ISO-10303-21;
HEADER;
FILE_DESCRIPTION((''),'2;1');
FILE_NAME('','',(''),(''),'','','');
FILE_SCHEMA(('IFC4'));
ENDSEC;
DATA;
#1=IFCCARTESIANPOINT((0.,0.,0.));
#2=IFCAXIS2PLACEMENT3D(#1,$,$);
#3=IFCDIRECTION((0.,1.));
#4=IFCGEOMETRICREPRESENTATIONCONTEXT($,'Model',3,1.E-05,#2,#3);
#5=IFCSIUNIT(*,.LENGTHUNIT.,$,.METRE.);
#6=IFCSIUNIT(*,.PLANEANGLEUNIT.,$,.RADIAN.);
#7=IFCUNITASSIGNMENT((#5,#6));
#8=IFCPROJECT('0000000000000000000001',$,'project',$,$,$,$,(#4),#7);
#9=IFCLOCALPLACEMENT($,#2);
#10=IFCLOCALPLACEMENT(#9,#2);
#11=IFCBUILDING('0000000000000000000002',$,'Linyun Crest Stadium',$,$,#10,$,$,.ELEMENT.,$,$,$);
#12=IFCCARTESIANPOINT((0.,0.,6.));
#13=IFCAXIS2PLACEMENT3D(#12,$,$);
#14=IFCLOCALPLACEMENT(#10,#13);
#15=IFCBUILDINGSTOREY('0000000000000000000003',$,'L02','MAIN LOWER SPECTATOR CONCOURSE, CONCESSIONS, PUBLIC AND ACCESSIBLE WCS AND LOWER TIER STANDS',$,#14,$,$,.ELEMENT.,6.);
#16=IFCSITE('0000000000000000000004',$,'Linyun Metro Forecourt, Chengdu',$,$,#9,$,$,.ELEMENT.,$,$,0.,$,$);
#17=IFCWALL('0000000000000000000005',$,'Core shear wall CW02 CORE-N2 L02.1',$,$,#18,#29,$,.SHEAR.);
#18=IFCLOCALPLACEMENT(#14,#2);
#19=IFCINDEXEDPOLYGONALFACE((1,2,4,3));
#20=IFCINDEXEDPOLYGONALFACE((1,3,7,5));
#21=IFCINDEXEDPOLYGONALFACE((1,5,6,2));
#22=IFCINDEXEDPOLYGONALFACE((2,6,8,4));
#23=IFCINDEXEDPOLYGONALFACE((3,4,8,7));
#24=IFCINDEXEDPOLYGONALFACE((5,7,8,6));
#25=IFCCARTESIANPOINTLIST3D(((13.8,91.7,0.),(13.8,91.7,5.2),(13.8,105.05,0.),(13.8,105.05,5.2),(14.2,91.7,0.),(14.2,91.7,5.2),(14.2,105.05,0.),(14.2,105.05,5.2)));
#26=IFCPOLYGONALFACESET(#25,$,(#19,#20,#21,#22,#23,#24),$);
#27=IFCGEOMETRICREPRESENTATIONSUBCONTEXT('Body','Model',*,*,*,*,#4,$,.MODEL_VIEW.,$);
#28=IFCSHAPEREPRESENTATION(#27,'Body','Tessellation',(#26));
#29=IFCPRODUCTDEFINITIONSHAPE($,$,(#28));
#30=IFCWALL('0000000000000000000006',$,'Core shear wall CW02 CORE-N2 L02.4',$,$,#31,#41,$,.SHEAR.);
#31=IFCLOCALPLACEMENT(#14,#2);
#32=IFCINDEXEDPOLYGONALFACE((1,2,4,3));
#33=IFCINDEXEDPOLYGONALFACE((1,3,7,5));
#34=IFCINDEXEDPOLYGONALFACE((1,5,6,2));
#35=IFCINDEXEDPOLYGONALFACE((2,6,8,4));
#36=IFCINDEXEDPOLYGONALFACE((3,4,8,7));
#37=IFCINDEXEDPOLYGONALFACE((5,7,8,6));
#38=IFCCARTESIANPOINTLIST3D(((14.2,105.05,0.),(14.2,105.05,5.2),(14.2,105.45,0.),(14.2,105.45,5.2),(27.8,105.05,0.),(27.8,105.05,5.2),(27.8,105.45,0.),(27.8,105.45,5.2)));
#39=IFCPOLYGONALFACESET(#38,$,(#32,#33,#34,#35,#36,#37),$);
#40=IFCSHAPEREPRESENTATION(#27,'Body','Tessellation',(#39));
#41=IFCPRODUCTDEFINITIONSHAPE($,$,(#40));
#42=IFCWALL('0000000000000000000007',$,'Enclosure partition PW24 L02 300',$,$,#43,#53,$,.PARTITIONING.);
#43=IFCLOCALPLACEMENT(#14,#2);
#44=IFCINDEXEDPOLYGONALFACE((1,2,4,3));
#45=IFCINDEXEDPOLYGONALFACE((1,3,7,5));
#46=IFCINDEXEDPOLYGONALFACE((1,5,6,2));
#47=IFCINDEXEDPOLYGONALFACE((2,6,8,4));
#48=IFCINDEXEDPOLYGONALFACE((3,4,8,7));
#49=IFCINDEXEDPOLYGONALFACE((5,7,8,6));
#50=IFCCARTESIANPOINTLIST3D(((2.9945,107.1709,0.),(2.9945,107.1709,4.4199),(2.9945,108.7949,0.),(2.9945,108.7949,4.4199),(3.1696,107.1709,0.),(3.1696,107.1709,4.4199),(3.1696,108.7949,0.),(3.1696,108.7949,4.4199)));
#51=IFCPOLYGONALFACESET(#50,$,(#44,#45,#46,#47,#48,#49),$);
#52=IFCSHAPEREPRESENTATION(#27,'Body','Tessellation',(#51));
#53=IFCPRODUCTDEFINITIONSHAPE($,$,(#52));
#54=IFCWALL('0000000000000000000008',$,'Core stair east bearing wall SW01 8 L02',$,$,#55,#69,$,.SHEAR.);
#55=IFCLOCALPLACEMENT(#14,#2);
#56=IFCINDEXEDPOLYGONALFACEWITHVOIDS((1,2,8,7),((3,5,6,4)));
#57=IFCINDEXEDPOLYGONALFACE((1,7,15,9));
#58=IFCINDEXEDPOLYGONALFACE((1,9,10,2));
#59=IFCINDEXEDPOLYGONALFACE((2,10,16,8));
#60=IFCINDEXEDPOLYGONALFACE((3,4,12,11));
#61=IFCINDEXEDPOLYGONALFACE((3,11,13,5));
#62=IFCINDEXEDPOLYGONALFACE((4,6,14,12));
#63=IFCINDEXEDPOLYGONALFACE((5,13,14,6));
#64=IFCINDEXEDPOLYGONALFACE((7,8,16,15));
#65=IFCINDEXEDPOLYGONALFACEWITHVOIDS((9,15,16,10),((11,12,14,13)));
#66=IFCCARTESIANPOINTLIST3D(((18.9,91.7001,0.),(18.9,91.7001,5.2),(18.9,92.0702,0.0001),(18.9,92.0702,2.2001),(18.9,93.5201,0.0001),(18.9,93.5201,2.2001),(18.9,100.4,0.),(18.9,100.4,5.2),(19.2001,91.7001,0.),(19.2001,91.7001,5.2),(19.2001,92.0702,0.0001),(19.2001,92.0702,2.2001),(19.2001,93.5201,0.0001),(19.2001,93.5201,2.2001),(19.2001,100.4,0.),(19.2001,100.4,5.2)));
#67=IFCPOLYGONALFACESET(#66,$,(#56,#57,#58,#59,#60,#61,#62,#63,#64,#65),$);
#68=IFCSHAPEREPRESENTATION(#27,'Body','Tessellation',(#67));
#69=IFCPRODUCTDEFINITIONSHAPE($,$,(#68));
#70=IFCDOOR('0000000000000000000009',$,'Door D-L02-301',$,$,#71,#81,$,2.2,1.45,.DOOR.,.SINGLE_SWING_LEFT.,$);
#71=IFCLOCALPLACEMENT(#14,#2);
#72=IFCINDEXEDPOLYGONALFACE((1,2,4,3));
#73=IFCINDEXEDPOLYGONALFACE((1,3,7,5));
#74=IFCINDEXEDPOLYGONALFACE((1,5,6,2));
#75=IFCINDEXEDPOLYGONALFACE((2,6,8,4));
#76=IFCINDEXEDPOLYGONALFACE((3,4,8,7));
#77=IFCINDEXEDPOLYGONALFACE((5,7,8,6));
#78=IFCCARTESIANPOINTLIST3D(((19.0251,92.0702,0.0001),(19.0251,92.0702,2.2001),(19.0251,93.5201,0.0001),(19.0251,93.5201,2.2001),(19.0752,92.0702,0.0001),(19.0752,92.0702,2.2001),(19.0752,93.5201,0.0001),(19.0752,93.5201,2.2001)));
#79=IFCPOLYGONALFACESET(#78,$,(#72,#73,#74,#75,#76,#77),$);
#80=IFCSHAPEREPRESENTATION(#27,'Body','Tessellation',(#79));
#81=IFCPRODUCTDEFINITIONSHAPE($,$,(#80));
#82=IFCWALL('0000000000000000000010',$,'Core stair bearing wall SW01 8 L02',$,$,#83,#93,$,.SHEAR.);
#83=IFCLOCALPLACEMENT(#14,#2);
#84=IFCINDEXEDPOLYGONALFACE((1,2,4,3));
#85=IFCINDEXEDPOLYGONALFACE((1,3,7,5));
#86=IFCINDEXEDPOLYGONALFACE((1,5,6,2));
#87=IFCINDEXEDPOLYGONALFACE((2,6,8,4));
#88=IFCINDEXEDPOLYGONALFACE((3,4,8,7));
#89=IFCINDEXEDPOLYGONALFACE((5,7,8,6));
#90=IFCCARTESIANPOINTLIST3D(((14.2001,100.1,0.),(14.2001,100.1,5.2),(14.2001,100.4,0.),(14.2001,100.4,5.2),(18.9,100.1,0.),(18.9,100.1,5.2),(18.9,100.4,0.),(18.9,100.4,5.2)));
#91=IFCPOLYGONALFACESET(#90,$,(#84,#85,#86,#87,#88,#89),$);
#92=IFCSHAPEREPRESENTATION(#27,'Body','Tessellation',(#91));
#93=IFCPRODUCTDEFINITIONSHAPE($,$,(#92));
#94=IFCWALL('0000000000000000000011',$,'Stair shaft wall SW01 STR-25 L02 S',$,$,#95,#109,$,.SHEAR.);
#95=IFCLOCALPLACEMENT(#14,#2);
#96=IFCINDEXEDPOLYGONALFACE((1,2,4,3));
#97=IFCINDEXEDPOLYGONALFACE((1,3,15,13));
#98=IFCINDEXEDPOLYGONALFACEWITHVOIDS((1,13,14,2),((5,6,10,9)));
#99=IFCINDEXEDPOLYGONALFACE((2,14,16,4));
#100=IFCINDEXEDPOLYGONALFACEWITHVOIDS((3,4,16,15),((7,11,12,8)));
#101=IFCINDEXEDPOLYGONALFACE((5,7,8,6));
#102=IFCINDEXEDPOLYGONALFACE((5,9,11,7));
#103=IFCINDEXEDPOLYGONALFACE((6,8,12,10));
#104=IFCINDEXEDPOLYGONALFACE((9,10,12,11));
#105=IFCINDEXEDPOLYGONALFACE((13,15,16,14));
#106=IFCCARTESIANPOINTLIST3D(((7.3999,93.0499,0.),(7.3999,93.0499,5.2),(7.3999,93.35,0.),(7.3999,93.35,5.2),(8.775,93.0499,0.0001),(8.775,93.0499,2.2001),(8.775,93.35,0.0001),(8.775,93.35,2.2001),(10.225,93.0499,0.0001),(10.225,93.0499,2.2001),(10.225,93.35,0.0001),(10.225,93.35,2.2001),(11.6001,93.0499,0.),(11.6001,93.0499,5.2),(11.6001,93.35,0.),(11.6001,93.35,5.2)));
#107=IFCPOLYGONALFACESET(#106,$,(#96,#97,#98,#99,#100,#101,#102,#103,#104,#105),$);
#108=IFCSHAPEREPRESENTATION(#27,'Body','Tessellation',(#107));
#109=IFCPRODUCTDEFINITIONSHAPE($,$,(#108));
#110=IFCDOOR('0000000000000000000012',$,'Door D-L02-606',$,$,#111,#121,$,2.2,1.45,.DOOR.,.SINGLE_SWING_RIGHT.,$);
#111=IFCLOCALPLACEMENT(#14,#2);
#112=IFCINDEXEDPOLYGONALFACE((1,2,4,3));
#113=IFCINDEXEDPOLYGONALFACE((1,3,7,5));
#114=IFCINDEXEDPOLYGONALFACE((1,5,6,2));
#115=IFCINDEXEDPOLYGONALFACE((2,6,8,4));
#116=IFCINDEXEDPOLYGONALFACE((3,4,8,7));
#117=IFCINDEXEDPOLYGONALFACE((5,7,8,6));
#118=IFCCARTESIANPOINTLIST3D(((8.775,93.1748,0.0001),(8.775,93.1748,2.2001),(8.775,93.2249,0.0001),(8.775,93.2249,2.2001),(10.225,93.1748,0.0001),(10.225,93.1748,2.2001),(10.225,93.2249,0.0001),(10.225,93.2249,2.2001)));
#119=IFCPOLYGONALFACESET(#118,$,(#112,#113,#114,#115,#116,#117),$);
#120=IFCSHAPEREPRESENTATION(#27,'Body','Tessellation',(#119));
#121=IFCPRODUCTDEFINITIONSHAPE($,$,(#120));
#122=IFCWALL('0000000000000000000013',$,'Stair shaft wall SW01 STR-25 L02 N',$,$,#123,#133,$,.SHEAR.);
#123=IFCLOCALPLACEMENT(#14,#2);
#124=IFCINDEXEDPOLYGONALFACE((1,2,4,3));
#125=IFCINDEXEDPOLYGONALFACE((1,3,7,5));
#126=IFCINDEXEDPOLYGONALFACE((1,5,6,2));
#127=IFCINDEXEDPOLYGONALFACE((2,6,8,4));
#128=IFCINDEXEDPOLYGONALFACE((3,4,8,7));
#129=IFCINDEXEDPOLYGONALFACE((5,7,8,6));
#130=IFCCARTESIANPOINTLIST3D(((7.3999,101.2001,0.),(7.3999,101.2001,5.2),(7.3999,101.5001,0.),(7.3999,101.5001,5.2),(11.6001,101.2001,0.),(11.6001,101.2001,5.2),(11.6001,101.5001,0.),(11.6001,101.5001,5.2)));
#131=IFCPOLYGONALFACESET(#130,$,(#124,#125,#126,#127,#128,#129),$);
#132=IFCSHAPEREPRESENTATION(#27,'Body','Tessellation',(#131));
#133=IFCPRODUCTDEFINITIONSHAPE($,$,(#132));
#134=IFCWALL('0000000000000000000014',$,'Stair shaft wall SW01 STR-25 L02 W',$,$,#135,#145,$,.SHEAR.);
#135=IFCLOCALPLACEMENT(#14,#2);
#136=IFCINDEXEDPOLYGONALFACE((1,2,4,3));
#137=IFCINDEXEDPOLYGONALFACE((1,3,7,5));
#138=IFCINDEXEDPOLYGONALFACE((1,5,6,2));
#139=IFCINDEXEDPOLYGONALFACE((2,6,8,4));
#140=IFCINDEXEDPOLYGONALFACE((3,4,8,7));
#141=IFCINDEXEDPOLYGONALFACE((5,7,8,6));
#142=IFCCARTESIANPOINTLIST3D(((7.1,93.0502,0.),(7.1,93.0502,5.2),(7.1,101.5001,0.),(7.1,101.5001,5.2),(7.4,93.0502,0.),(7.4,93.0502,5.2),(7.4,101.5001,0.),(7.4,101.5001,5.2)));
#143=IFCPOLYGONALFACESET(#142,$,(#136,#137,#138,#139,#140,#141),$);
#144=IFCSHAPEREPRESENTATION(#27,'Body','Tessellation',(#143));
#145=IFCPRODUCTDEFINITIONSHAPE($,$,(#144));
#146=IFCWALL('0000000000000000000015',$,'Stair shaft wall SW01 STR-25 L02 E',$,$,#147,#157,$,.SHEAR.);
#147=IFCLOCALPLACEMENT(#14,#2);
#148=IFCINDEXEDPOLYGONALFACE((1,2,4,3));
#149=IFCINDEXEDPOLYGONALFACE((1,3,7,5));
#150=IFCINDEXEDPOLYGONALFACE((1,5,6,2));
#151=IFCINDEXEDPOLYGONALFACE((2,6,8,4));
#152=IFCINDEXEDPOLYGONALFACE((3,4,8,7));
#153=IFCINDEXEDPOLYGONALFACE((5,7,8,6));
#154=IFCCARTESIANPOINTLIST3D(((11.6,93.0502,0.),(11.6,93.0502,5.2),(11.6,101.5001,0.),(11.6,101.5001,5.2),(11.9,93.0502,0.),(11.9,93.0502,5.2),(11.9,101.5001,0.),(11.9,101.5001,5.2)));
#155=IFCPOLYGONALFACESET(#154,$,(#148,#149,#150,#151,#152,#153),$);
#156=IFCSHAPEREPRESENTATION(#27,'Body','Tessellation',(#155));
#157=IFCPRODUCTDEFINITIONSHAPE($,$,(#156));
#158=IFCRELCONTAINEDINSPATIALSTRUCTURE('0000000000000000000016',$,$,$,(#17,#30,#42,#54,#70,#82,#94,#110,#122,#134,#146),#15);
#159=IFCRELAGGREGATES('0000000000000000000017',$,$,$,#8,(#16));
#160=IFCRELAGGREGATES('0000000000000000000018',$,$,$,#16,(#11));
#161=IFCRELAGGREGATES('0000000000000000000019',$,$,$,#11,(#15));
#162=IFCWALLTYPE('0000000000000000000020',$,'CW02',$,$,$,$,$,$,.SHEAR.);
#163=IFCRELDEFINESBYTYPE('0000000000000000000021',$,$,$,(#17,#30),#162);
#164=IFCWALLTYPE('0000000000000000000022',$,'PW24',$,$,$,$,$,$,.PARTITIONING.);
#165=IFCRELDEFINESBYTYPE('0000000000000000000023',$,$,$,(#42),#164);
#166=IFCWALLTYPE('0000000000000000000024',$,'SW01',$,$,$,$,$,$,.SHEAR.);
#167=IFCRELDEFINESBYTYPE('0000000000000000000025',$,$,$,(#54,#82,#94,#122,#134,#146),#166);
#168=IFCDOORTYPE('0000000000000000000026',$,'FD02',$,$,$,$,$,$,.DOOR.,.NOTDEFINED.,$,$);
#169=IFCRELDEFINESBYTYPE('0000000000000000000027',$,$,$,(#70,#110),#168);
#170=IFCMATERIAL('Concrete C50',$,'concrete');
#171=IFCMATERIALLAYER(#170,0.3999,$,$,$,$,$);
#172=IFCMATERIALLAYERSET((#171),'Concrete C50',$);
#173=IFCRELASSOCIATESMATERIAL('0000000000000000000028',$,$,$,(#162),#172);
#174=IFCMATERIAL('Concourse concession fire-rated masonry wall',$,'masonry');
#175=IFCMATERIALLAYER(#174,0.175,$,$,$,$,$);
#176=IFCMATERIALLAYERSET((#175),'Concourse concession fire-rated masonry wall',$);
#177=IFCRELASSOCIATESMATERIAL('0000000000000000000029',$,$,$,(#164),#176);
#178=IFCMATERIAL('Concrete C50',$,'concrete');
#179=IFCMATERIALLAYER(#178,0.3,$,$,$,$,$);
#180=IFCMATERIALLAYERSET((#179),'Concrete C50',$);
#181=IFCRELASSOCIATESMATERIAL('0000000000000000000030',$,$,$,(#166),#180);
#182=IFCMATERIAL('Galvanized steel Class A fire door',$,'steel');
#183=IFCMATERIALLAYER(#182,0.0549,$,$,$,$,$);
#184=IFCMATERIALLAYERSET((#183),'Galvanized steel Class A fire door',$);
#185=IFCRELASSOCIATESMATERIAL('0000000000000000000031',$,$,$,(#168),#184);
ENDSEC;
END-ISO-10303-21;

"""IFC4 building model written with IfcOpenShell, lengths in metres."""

from ifc_helpers import new_model, si_unit, direction, frame, frame_2d, origin, place, context, subcontext, project, spatial, rectangle, extrude, material, layer, layer_set, type_object, element, fill, save


model = new_model("IFC4")

# Units and contexts
model_context = context("Model", 3, precision=1e-05, world=origin(), true_north=direction((0.0, 1.0)))
body_context = subcontext(model_context, "Body", "Model", "MODEL_VIEW")
ifc_project = project(units=[si_unit("LENGTHUNIT", "METRE"), si_unit("PLANEANGLEUNIT", "RADIAN")], contexts=[model_context])

# Site, building, storey
site_placement = place(None, origin())
site = spatial("IfcSite", under=ifc_project, at=site_placement, Name="Linyun Metro Forecourt, Chengdu", CompositionType="ELEMENT", RefElevation=0.0)
building_placement = place(site_placement, origin())
building = spatial("IfcBuilding", under=site, at=building_placement, Name="Linyun Crest Stadium", CompositionType="ELEMENT")
storey_placement = place(building_placement, frame((0.0, 0.0, 6.0)))
storey = spatial("IfcBuildingStorey", under=building, at=storey_placement, Name="L02", Description="MAIN LOWER SPECTATOR CONCOURSE, CONCESSIONS, PUBLIC AND ACCESSIBLE WCS AND LOWER TIER STANDS", CompositionType="ELEMENT", Elevation=6.0)

# Walls
ifc_material_1 = material(Name="Concrete C50", Category="concrete")
ifc_layer_1 = layer(ifc_material_1, 0.3999)
ifc_layer_set_1 = layer_set([ifc_layer_1], Name="Concrete C50")
wall_type_1 = type_object("IfcWallType", Name="CW02", PredefinedType="SHEAR", material=ifc_layer_set_1)
wall_1_placement = place(storey_placement, frame((14.0, 91.7, 0.0), z_axis=(0.0, 0.0, 1.0), x_axis=(0.0, 1.0, 0.0)))
element("IfcWall", 1, at=wall_1_placement, inside=storey, type_object=wall_type_1, Name="Core shear wall CW02 CORE-N2 L02.1", PredefinedType="SHEAR", context=body_context, shape_type="SweptSolid", body=[
    extrude(rectangle(XDim=13.3501, YDim=0.3999, at=frame_2d((6.675, 0.0))), origin(), (0.0, 0.0, 1.0), 5.2),
])
wall_2_placement = place(storey_placement, frame((14.2, 105.25, 0.0), z_axis=(0.0, 0.0, 1.0), x_axis=(1.0, 0.0, 0.0)))
element("IfcWall", 2, at=wall_2_placement, inside=storey, type_object=wall_type_1, Name="Core shear wall CW02 CORE-N2 L02.4", PredefinedType="SHEAR", context=body_context, shape_type="SweptSolid", body=[
    extrude(rectangle(XDim=13.6001, YDim=0.3999, at=frame_2d((6.8, 0.0))), origin(), (0.0, 0.0, 1.0), 5.2),
])
ifc_material_2 = material(Name="Concourse concession fire-rated masonry wall", Category="masonry")
ifc_layer_2 = layer(ifc_material_2, 0.175)
ifc_layer_set_2 = layer_set([ifc_layer_2], Name="Concourse concession fire-rated masonry wall")
wall_type_2 = type_object("IfcWallType", Name="PW24", PredefinedType="PARTITIONING", material=ifc_layer_set_2)
wall_3_placement = place(storey_placement, frame((3.082, 107.1709, 0.0), z_axis=(0.0, 0.0, 1.0), x_axis=(0.0, 1.0, 0.0)))
element("IfcWall", 3, at=wall_3_placement, inside=storey, type_object=wall_type_2, Name="Enclosure partition PW24 L02 300", PredefinedType="PARTITIONING", context=body_context, shape_type="SweptSolid", body=[
    extrude(rectangle(XDim=1.624, YDim=0.175, at=frame_2d((0.812, 0.0))), origin(), (0.0, 0.0, 1.0), 4.4199),
])

# Wall, opening, door
ifc_material_3 = material(Name="Concrete C50", Category="concrete")
ifc_layer_3 = layer(ifc_material_3, 0.3)
ifc_layer_set_3 = layer_set([ifc_layer_3], Name="Concrete C50")
wall_type_3 = type_object("IfcWallType", Name="SW01", PredefinedType="SHEAR", material=ifc_layer_set_3)
wall_4_placement = place(storey_placement, frame((19.05, 91.7, 0.0), z_axis=(0.0, 0.0, 1.0), x_axis=(0.0, 1.0, 0.0)))
wall_4 = element("IfcWall", 4, at=wall_4_placement, inside=storey, type_object=wall_type_3, Name="Core stair east bearing wall SW01 8 L02", PredefinedType="SHEAR", context=body_context, shape_type="SweptSolid", body=[
    extrude(rectangle(XDim=8.7, YDim=0.3, at=frame_2d((4.3501, 0.0))), origin(), (0.0, 0.0, 1.0), 5.2),
])
opening_1_placement = place(wall_4_placement, frame((0.3701, 0.0, 0.0)))
opening_1 = element("IfcOpeningElement", 5, at=opening_1_placement, cuts=wall_4, PredefinedType="OPENING", context=body_context, shape_type="SweptSolid", body=[
    extrude(rectangle(XDim=1.45, YDim=2.2, at=frame_2d((0.7251, 1.1001))), frame((0.0, 0.1599, 0.0), z_axis=(0.0, -1.0, 0.0), x_axis=(1.0, 0.0, 0.0)), (0.0, 0.0, 1.0), 0.3201),
])
ifc_material_4 = material(Name="Galvanized steel Class A fire door", Category="steel")
ifc_layer_4 = layer(ifc_material_4, 0.0549)
ifc_layer_set_4 = layer_set([ifc_layer_4], Name="Galvanized steel Class A fire door")
door_type = type_object("IfcDoorType", Name="FD02", OperationType="NOTDEFINED", PredefinedType="DOOR", material=ifc_layer_set_4)
door_1_placement = place(opening_1_placement, origin())
door_1 = element("IfcDoor", 6, at=door_1_placement, inside=storey, type_object=door_type, Name="Door D-L02-301", OperationType="SINGLE_SWING_LEFT", OverallHeight=2.2, OverallWidth=1.45, PredefinedType="DOOR", context=body_context, shape_type="SweptSolid", body=[
    extrude(rectangle(XDim=1.45, YDim=2.2, at=frame_2d((0.7251, 1.1001))), frame((0.0, 0.0249, 0.0), z_axis=(0.0, -1.0, 0.0), x_axis=(1.0, 0.0, 0.0)), (0.0, 0.0, 1.0), 0.05),
])
fill(opening_1, door_1)

# Wall
wall_5_placement = place(storey_placement, frame((14.2, 100.25, 0.0), z_axis=(0.0, 0.0, 1.0), x_axis=(1.0, 0.0, 0.0)))
element("IfcWall", 7, at=wall_5_placement, inside=storey, type_object=wall_type_3, Name="Core stair bearing wall SW01 8 L02", PredefinedType="SHEAR", context=body_context, shape_type="SweptSolid", body=[
    extrude(rectangle(XDim=4.7, YDim=0.3, at=frame_2d((2.3501, 0.0))), origin(), (0.0, 0.0, 1.0), 5.2),
])

# Wall, opening, door
wall_6_placement = place(storey_placement, frame((7.3999, 93.2, 0.0), z_axis=(0.0, 0.0, 1.0), x_axis=(1.0, 0.0, 0.0)))
wall_6 = element("IfcWall", 8, at=wall_6_placement, inside=storey, type_object=wall_type_3, Name="Stair shaft wall SW01 STR-25 L02 S", PredefinedType="SHEAR", context=body_context, shape_type="SweptSolid", body=[
    extrude(rectangle(XDim=4.2002, YDim=0.3, at=frame_2d((2.1001, 0.0))), origin(), (0.0, 0.0, 1.0), 5.2),
])
opening_2_placement = place(wall_6_placement, frame((1.375, 0.0, 0.0)))
opening_2 = element("IfcOpeningElement", 9, at=opening_2_placement, cuts=wall_6, PredefinedType="OPENING", context=body_context, shape_type="SweptSolid", body=[
    extrude(rectangle(XDim=1.45, YDim=2.2, at=frame_2d((0.7251, 1.1001))), frame((0.0, 0.1599, 0.0), z_axis=(0.0, -1.0, 0.0), x_axis=(1.0, 0.0, 0.0)), (0.0, 0.0, 1.0), 0.3201),
])
door_2_placement = place(opening_2_placement, origin())
door_2 = element("IfcDoor", 10, at=door_2_placement, inside=storey, type_object=door_type, Name="Door D-L02-606", OperationType="SINGLE_SWING_RIGHT", OverallHeight=2.2, OverallWidth=1.45, PredefinedType="DOOR", context=body_context, shape_type="SweptSolid", body=[
    extrude(rectangle(XDim=1.45, YDim=2.2, at=frame_2d((0.7251, 1.1001))), frame((0.0, 0.0249, 0.0), z_axis=(0.0, -1.0, 0.0), x_axis=(1.0, 0.0, 0.0)), (0.0, 0.0, 1.0), 0.05),
])
fill(opening_2, door_2)

# Walls
wall_7_placement = place(storey_placement, frame((7.3999, 101.3501, 0.0), z_axis=(0.0, 0.0, 1.0), x_axis=(1.0, 0.0, 0.0)))
element("IfcWall", 11, at=wall_7_placement, inside=storey, type_object=wall_type_3, Name="Stair shaft wall SW01 STR-25 L02 N", PredefinedType="SHEAR", context=body_context, shape_type="SweptSolid", body=[
    extrude(rectangle(XDim=4.2002, YDim=0.3, at=frame_2d((2.1001, 0.0))), origin(), (0.0, 0.0, 1.0), 5.2),
])
for number, where, z_axis, x_axis, name in (
    (12, (7.25, 93.05, 0.0), (0.0, 0.0, 1.0), (0.0, 1.0, 0.0), "Stair shaft wall SW01 STR-25 L02 W"),
    (13, (11.75, 93.05, 0.0), (0.0, 0.0, 1.0), (0.0, 1.0, 0.0), "Stair shaft wall SW01 STR-25 L02 E"),
):
    element("IfcWall", number, at=place(storey_placement, frame(where, z_axis=z_axis, x_axis=x_axis)), inside=storey, type_object=wall_type_3, Name=name, PredefinedType="SHEAR", context=body_context, shape_type="SweptSolid", body=[
        extrude(rectangle(XDim=8.45, YDim=0.3, at=frame_2d((4.2251, 0.0))), origin(), (0.0, 0.0, 1.0), 5.2),
    ])

save(model, "model.ifc")
